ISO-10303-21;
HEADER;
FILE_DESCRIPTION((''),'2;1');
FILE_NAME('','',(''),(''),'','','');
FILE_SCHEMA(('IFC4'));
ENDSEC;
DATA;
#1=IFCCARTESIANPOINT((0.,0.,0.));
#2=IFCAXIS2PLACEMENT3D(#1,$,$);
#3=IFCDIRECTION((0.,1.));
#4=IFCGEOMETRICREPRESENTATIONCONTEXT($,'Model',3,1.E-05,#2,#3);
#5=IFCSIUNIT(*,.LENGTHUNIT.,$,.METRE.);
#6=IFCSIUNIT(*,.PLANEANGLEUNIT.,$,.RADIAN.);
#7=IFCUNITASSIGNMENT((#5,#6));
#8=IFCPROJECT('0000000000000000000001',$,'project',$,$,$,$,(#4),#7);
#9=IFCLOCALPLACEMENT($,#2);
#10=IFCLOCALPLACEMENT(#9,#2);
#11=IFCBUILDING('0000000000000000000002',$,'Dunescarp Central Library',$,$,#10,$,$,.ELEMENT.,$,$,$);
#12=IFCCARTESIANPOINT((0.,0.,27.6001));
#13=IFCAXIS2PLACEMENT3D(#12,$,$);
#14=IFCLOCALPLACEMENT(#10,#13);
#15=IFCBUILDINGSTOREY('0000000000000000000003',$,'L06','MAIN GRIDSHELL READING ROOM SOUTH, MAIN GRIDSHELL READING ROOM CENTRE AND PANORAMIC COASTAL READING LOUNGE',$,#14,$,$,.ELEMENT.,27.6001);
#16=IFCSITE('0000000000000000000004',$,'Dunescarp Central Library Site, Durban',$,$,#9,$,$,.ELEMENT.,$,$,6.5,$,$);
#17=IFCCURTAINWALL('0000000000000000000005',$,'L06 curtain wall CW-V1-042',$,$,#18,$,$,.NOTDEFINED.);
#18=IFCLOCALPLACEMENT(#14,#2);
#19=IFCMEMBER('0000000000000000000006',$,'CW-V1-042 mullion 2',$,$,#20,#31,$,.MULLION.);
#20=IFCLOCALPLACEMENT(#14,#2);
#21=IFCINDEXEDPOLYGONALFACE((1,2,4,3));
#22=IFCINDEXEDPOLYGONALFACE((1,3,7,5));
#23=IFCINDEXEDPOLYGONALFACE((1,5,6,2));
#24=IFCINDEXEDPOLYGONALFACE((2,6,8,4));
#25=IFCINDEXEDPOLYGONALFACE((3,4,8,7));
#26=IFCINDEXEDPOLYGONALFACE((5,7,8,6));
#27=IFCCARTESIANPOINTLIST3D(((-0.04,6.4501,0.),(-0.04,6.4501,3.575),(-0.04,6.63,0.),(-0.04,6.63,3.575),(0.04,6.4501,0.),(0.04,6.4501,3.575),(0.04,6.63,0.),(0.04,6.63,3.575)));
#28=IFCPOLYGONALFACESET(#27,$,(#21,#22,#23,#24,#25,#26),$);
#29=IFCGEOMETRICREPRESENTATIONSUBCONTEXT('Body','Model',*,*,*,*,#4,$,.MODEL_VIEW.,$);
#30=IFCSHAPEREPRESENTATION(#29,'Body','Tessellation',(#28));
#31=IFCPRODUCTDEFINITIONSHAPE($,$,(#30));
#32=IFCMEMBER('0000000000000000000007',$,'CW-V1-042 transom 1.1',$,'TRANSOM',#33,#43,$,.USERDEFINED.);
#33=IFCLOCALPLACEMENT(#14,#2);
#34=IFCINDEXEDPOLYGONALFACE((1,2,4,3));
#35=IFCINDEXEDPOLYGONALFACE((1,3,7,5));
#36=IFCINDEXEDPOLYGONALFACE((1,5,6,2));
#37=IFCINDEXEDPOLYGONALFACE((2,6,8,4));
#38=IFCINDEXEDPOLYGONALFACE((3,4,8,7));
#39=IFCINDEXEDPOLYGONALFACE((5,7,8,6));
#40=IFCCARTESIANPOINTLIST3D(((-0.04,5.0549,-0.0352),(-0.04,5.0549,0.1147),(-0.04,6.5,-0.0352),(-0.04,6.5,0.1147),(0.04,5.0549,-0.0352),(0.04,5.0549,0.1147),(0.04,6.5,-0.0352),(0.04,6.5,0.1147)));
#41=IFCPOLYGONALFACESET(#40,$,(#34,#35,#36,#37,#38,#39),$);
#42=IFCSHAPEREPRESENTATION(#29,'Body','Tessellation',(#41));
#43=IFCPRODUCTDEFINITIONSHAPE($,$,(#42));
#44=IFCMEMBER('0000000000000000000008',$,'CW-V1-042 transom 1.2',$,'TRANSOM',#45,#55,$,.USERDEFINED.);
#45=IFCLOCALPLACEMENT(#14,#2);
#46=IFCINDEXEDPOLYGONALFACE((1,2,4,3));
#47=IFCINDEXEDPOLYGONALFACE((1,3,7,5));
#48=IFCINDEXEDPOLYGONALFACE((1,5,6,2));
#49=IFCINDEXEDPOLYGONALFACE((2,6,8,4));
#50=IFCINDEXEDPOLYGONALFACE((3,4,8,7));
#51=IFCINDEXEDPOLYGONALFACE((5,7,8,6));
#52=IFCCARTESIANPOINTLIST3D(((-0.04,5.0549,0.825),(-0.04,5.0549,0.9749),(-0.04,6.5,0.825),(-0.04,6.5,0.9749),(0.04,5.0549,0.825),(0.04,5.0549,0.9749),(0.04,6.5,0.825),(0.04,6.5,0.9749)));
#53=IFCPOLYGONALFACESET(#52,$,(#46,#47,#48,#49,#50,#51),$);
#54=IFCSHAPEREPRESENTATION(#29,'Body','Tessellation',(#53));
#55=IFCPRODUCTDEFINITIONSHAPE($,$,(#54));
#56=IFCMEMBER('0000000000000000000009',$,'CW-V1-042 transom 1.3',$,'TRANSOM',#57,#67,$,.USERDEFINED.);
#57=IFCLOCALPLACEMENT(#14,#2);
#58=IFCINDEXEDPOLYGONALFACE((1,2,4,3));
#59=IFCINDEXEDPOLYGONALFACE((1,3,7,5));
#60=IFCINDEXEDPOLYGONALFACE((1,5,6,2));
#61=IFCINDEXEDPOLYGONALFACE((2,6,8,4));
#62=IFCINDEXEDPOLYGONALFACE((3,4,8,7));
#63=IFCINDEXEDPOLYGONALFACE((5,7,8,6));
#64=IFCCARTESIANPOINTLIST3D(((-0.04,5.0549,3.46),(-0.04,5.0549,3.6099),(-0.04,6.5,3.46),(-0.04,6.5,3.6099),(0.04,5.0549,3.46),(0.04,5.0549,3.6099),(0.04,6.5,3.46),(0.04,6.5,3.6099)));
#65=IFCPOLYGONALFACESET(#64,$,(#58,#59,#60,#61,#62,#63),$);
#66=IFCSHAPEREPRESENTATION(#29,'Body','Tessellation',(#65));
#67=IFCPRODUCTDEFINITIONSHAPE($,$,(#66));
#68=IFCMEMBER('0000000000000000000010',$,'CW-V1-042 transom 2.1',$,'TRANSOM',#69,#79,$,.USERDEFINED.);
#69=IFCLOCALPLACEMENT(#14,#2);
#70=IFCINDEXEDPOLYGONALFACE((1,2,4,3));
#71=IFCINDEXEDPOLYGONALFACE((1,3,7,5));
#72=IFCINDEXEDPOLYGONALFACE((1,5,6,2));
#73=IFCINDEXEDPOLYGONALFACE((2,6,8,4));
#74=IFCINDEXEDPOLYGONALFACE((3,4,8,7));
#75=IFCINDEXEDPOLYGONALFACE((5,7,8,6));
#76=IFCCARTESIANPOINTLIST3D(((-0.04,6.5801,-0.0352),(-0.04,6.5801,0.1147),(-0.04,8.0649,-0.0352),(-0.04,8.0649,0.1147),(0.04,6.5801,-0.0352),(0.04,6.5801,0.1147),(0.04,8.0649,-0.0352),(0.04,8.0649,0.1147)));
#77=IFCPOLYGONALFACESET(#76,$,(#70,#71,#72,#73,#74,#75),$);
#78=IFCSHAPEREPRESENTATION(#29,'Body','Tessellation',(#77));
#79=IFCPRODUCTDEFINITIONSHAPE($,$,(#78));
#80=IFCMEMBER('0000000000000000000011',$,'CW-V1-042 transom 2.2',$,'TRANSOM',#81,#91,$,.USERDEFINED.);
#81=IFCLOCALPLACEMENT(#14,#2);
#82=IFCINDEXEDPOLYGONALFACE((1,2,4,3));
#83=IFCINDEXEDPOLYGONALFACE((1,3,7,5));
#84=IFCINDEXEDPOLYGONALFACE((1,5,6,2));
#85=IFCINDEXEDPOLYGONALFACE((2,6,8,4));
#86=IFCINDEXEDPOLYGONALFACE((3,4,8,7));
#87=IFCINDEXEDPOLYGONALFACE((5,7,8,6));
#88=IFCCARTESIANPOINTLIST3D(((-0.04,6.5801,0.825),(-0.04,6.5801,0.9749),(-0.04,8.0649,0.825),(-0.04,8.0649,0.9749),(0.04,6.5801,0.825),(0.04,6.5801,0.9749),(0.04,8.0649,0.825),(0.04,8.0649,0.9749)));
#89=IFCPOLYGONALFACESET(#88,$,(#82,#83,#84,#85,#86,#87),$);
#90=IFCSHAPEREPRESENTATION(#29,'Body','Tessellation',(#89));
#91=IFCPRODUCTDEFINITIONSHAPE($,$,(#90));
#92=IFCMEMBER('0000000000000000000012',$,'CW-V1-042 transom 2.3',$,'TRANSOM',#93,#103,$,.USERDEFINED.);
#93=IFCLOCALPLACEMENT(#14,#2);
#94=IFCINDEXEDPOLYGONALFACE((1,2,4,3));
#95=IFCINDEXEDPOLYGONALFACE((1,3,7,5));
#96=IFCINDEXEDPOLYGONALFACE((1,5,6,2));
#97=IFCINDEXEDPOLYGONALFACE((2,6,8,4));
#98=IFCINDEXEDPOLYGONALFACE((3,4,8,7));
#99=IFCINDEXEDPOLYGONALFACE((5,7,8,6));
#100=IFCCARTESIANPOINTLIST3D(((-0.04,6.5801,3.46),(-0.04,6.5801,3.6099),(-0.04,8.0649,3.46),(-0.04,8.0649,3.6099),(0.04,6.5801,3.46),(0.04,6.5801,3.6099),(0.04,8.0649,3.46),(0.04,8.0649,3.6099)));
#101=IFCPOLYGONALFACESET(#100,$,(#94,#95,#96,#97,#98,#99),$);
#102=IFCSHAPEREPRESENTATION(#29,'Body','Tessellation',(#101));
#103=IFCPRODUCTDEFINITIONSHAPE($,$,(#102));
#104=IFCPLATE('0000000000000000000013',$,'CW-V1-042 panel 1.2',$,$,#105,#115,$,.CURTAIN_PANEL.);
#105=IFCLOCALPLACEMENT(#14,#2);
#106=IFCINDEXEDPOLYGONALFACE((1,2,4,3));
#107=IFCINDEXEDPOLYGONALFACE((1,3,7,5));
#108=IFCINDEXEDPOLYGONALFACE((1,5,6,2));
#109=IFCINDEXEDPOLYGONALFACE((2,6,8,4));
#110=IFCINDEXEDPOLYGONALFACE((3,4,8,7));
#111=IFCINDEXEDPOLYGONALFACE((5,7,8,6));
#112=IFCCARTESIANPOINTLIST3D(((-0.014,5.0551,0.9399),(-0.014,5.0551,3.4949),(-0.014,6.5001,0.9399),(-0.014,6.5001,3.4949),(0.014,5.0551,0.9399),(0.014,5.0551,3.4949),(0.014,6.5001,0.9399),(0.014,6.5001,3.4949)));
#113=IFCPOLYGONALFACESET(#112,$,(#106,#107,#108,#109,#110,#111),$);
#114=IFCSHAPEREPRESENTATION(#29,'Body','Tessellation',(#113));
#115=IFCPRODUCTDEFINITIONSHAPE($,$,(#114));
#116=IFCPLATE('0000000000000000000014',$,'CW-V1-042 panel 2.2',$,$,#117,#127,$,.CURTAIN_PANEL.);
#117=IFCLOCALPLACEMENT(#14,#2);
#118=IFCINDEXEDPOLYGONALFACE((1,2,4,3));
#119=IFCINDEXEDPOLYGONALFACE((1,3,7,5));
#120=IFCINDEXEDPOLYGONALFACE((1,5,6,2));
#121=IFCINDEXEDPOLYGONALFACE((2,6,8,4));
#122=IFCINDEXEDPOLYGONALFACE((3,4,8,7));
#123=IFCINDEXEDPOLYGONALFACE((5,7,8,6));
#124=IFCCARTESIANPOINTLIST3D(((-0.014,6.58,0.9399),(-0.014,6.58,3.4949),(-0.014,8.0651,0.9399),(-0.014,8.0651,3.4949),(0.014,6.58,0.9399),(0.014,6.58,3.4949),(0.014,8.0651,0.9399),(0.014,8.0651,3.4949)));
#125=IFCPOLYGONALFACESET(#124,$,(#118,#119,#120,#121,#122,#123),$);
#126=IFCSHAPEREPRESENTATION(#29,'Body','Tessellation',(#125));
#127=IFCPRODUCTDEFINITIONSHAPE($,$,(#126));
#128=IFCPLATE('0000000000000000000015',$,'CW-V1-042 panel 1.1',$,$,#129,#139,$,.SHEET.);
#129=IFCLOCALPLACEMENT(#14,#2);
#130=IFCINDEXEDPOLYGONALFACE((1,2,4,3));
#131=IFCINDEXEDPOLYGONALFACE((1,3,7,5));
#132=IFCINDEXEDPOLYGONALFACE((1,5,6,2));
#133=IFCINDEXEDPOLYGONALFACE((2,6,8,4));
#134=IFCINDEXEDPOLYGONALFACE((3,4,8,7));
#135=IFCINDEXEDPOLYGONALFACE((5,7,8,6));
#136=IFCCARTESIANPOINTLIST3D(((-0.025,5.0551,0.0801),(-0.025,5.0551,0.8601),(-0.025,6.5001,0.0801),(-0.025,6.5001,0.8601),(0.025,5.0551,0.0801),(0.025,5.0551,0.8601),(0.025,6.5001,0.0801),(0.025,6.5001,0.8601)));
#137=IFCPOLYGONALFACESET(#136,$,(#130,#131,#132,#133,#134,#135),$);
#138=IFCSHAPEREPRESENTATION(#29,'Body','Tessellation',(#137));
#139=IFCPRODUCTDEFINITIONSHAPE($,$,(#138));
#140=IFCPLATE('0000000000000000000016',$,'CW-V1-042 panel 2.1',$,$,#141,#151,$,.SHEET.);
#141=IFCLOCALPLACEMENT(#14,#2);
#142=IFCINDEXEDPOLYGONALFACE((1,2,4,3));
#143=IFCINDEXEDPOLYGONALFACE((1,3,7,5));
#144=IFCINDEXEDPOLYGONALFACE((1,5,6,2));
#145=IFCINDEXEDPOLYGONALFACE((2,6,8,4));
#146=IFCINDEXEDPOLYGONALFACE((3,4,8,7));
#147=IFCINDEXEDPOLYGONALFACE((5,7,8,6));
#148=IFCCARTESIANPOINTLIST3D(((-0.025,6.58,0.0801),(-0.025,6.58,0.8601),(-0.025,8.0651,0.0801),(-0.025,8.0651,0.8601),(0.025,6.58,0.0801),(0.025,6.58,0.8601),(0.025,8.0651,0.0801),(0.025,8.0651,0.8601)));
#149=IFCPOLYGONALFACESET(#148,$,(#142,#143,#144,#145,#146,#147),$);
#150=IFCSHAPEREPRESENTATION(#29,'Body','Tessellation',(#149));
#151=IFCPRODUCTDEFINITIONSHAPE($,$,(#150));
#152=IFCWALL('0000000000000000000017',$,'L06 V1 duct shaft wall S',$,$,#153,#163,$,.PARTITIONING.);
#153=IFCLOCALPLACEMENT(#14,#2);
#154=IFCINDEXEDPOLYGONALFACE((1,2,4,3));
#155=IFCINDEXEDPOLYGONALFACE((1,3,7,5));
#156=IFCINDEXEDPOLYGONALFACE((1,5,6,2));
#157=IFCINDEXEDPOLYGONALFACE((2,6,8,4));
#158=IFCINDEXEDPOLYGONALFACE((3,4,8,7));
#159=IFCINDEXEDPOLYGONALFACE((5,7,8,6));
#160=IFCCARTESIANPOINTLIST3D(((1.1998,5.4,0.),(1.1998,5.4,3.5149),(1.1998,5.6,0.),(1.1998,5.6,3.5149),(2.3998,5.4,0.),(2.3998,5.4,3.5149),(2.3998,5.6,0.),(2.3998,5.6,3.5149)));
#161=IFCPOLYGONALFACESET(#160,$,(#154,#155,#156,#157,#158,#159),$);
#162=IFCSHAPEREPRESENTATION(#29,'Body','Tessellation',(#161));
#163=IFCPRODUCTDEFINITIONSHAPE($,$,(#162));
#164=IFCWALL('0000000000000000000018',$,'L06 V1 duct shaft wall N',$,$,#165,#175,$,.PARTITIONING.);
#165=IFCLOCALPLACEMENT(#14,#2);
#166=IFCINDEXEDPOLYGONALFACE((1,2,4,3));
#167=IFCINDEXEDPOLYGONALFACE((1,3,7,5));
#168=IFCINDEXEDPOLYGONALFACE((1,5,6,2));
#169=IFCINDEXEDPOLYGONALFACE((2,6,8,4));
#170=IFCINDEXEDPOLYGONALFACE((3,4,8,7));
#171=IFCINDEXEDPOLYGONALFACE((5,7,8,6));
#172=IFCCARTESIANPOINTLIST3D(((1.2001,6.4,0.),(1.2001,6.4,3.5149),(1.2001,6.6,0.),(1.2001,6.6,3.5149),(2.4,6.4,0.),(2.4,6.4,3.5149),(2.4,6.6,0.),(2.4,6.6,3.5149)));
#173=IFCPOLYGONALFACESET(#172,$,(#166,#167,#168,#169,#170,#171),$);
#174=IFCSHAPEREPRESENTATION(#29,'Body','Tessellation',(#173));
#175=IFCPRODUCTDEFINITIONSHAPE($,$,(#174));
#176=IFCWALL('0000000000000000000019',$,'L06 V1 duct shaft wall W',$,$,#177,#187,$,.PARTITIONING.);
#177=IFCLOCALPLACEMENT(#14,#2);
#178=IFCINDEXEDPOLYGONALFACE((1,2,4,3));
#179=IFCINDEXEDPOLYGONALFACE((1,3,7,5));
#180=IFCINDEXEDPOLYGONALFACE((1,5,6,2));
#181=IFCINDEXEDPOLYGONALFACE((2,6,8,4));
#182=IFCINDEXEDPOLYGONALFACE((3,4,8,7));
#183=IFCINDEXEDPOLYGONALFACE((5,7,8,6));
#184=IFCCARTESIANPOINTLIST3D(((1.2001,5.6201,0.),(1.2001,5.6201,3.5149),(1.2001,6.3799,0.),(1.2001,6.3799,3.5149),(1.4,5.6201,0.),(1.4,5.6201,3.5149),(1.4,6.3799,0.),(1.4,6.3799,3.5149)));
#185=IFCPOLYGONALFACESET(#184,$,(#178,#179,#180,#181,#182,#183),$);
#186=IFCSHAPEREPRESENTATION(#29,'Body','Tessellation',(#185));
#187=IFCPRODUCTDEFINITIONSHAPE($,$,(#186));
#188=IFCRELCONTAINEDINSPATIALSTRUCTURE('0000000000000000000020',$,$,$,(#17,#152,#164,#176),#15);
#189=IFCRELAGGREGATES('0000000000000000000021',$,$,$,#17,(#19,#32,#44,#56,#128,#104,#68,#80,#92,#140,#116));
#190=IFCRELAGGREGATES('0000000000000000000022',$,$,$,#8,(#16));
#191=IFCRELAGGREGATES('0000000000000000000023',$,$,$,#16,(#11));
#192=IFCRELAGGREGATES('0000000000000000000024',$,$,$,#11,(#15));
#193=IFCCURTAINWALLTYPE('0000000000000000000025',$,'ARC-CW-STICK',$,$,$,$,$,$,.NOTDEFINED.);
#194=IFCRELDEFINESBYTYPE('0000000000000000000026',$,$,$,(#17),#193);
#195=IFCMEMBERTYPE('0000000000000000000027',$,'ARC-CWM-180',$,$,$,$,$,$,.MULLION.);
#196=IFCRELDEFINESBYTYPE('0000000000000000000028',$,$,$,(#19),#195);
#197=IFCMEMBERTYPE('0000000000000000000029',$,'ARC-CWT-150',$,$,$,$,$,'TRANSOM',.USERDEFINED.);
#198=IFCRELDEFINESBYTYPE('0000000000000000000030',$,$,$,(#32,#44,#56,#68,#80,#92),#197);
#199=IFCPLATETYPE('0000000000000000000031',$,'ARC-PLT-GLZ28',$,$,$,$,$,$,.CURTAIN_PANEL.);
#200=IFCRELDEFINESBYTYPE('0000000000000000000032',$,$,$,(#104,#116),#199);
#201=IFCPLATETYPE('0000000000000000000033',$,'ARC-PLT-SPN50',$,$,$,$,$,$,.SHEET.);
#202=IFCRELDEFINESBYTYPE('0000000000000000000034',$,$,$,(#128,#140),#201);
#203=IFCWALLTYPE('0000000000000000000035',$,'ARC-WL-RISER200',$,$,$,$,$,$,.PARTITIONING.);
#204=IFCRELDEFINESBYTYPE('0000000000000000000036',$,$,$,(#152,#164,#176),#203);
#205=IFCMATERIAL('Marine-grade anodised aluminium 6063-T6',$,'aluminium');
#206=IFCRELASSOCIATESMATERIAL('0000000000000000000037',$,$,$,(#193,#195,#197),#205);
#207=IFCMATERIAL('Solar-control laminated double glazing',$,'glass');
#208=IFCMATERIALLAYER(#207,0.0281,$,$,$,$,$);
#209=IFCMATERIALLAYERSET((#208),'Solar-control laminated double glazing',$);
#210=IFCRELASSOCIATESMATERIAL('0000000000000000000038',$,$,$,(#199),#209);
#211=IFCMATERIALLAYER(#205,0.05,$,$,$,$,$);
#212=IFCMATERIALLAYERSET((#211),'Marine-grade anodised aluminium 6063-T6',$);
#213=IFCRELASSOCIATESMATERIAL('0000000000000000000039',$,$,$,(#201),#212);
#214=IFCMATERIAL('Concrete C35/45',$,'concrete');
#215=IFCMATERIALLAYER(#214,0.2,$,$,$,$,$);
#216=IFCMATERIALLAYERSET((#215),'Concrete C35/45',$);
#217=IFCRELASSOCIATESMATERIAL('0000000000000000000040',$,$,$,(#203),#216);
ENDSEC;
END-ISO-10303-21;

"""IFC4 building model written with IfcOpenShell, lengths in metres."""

from ifc_helpers import new_model, si_unit, direction, frame, frame_2d, origin, origin_2d, place, context, subcontext, project, spatial, rectangle, extrude, material, layer, layer_set, material_profile, profile_set, type_object, element, aggregate, save


model = new_model("IFC4")

# Units and contexts
model_context = context("Model", 3, precision=1e-05, world=origin(), true_north=direction((0.0, 1.0)))
body_context = subcontext(model_context, "Body", "Model", "MODEL_VIEW")
ifc_project = project(units=[si_unit("LENGTHUNIT", "METRE"), si_unit("PLANEANGLEUNIT", "RADIAN")], contexts=[model_context])

# Site, building, storey
site_placement = place(None, origin())
site = spatial("IfcSite", under=ifc_project, at=site_placement, Name="Dunescarp Central Library Site, Durban", CompositionType="ELEMENT", RefElevation=6.5)
building_placement = place(site_placement, origin())
building = spatial("IfcBuilding", under=site, at=building_placement, Name="Dunescarp Central Library", CompositionType="ELEMENT")
storey_placement = place(building_placement, frame((0.0, 0.0, 27.6001)))
storey = spatial("IfcBuildingStorey", under=building, at=storey_placement, Name="L06", Description="MAIN GRIDSHELL READING ROOM SOUTH, MAIN GRIDSHELL READING ROOM CENTRE AND PANORAMIC COASTAL READING LOUNGE", CompositionType="ELEMENT", Elevation=27.6001)

# Curtain wall, members, plates
ifc_material_1 = material(Name="Marine-grade anodised aluminium 6063-T6", Category="aluminium")
curtain_wall_type = type_object("IfcCurtainWallType", Name="ARC-CW-STICK", PredefinedType="NOTDEFINED", material=ifc_material_1)
curtain_wall_placement = place(storey_placement, origin())
curtain_wall = element("IfcCurtainWall", 1, at=curtain_wall_placement, inside=storey, type_object=curtain_wall_type, Name="L06 curtain wall CW-V1-042", PredefinedType="NOTDEFINED")
ifc_material_profile_1 = material_profile(ifc_material_1, rectangle(XDim=0.0801, YDim=0.1799, at=origin_2d()), Name="AL 80x180")
ifc_profile_set_1 = profile_set([ifc_material_profile_1], Name="Marine-grade anodised aluminium 6063-T6")
member_type_1 = type_object("IfcMemberType", Name="ARC-CWM-180", PredefinedType="MULLION", material=ifc_profile_set_1)
member_1_placement = place(storey_placement, frame((0.0, 6.54, 0.0), z_axis=(0.0, 0.0, 1.0), x_axis=(-1.0, 0.0, 0.0)))
member_1 = element("IfcMember", 2, at=member_1_placement, type_object=member_type_1, Name="CW-V1-042 mullion 2", PredefinedType="MULLION", context=body_context, shape_type="SweptSolid", body=[
    extrude(rectangle(XDim=0.0801, YDim=0.1799, at=origin_2d()), origin(), (0.0, 0.0, 1.0), 3.575),
])
ifc_material_profile_2 = material_profile(ifc_material_1, rectangle(XDim=0.0801, YDim=0.1499, at=origin_2d()), Name="AL 80x150")
ifc_profile_set_2 = profile_set([ifc_material_profile_2], Name="Marine-grade anodised aluminium 6063-T6")
member_type_2 = type_object("IfcMemberType", Name="ARC-CWT-150", ElementType="TRANSOM", PredefinedType="USERDEFINED", material=ifc_profile_set_2)
member_2_placement = place(storey_placement, frame((0.0, 5.0549, 0.0398), z_axis=(0.0, 1.0, 0.0), x_axis=(-1.0, 0.0, 0.0)))
member_2 = element("IfcMember", 3, at=member_2_placement, type_object=member_type_2, Name="CW-V1-042 transom 1.1", ObjectType="TRANSOM", PredefinedType="USERDEFINED", context=body_context, shape_type="SweptSolid", body=[
    extrude(rectangle(XDim=0.0801, YDim=0.1499, at=origin_2d()), origin(), (0.0, 0.0, 1.0), 1.4451),
])
member_3_placement = place(storey_placement, frame((0.0, 5.0549, 0.8999), z_axis=(0.0, 1.0, 0.0), x_axis=(-1.0, 0.0, 0.0)))
member_3 = element("IfcMember", 4, at=member_3_placement, type_object=member_type_2, Name="CW-V1-042 transom 1.2", ObjectType="TRANSOM", PredefinedType="USERDEFINED", context=body_context, shape_type="SweptSolid", body=[
    extrude(rectangle(XDim=0.0801, YDim=0.1499, at=origin_2d()), origin(), (0.0, 0.0, 1.0), 1.4451),
])
member_4_placement = place(storey_placement, frame((0.0, 5.0549, 3.5349), z_axis=(0.0, 1.0, 0.0), x_axis=(-1.0, 0.0, 0.0)))
member_4 = element("IfcMember", 5, at=member_4_placement, type_object=member_type_2, Name="CW-V1-042 transom 1.3", ObjectType="TRANSOM", PredefinedType="USERDEFINED", context=body_context, shape_type="SweptSolid", body=[
    extrude(rectangle(XDim=0.0801, YDim=0.1499, at=origin_2d()), origin(), (0.0, 0.0, 1.0), 1.4451),
])
member_5_placement = place(storey_placement, frame((0.0, 6.5801, 0.0398), z_axis=(0.0, 1.0, 0.0), x_axis=(-1.0, 0.0, 0.0)))
member_5 = element("IfcMember", 6, at=member_5_placement, type_object=member_type_2, Name="CW-V1-042 transom 2.1", ObjectType="TRANSOM", PredefinedType="USERDEFINED", context=body_context, shape_type="SweptSolid", body=[
    extrude(rectangle(XDim=0.0801, YDim=0.1499, at=origin_2d()), origin(), (0.0, 0.0, 1.0), 1.4849),
])
member_6_placement = place(storey_placement, frame((0.0, 6.5801, 0.8999), z_axis=(0.0, 1.0, 0.0), x_axis=(-1.0, 0.0, 0.0)))
member_6 = element("IfcMember", 7, at=member_6_placement, type_object=member_type_2, Name="CW-V1-042 transom 2.2", ObjectType="TRANSOM", PredefinedType="USERDEFINED", context=body_context, shape_type="SweptSolid", body=[
    extrude(rectangle(XDim=0.0801, YDim=0.1499, at=origin_2d()), origin(), (0.0, 0.0, 1.0), 1.4849),
])
member_7_placement = place(storey_placement, frame((0.0, 6.5801, 3.5349), z_axis=(0.0, 1.0, 0.0), x_axis=(-1.0, 0.0, 0.0)))
member_7 = element("IfcMember", 8, at=member_7_placement, type_object=member_type_2, Name="CW-V1-042 transom 2.3", ObjectType="TRANSOM", PredefinedType="USERDEFINED", context=body_context, shape_type="SweptSolid", body=[
    extrude(rectangle(XDim=0.0801, YDim=0.1499, at=origin_2d()), origin(), (0.0, 0.0, 1.0), 1.4849),
])
ifc_material_2 = material(Name="Solar-control laminated double glazing", Category="glass")
ifc_layer_1 = layer(ifc_material_2, 0.0281)
ifc_layer_set_1 = layer_set([ifc_layer_1], Name="Solar-control laminated double glazing")
plate_type_1 = type_object("IfcPlateType", Name="ARC-PLT-GLZ28", PredefinedType="CURTAIN_PANEL", material=ifc_layer_set_1)
plate_1_placement = place(storey_placement, frame((0.0, 5.7776, 0.9399), z_axis=(0.0, 0.0, 1.0), x_axis=(0.0, 1.0, 0.0)))
plate_1 = element("IfcPlate", 9, at=plate_1_placement, type_object=plate_type_1, Name="CW-V1-042 panel 1.2", PredefinedType="CURTAIN_PANEL", context=body_context, shape_type="SweptSolid", body=[
    extrude(rectangle(XDim=1.4451, YDim=0.0281, at=origin_2d()), origin(), (0.0, 0.0, 1.0), 2.5549),
])
plate_2_placement = place(storey_placement, frame((0.0, 7.3225, 0.9399), z_axis=(0.0, 0.0, 1.0), x_axis=(0.0, 1.0, 0.0)))
plate_2 = element("IfcPlate", 10, at=plate_2_placement, type_object=plate_type_1, Name="CW-V1-042 panel 2.2", PredefinedType="CURTAIN_PANEL", context=body_context, shape_type="SweptSolid", body=[
    extrude(rectangle(XDim=1.4851, YDim=0.0281, at=origin_2d()), origin(), (0.0, 0.0, 1.0), 2.5549),
])
ifc_layer_2 = layer(ifc_material_1, 0.05)
ifc_layer_set_2 = layer_set([ifc_layer_2], Name="Marine-grade anodised aluminium 6063-T6")
plate_type_2 = type_object("IfcPlateType", Name="ARC-PLT-SPN50", PredefinedType="SHEET", material=ifc_layer_set_2)
plate_3_placement = place(storey_placement, frame((0.0, 5.7776, 0.0801), z_axis=(0.0, 0.0, 1.0), x_axis=(0.0, 1.0, 0.0)))
plate_3 = element("IfcPlate", 11, at=plate_3_placement, type_object=plate_type_2, Name="CW-V1-042 panel 1.1", PredefinedType="SHEET", context=body_context, shape_type="SweptSolid", body=[
    extrude(rectangle(XDim=1.4451, YDim=0.05, at=origin_2d()), origin(), (0.0, 0.0, 1.0), 0.78),
])
plate_4_placement = place(storey_placement, frame((0.0, 7.3225, 0.0801), z_axis=(0.0, 0.0, 1.0), x_axis=(0.0, 1.0, 0.0)))
plate_4 = element("IfcPlate", 12, at=plate_4_placement, type_object=plate_type_2, Name="CW-V1-042 panel 2.1", PredefinedType="SHEET", context=body_context, shape_type="SweptSolid", body=[
    extrude(rectangle(XDim=1.4851, YDim=0.05, at=origin_2d()), origin(), (0.0, 0.0, 1.0), 0.78),
])
aggregate(curtain_wall, [member_1, member_2, member_3, member_4, plate_3, plate_1, member_5, member_6, member_7, plate_4, plate_2])

# Walls
ifc_material_3 = material(Name="Concrete C35/45", Category="concrete")
ifc_layer_3 = layer(ifc_material_3, 0.2)
ifc_layer_set_3 = layer_set([ifc_layer_3], Name="Concrete C35/45")
wall_type = type_object("IfcWallType", Name="ARC-WL-RISER200", PredefinedType="PARTITIONING", material=ifc_layer_set_3)
for number, where, z_axis, x_axis, name in (
    (13, (2.3999, 5.5, 0.0), (0.0, 0.0, 1.0), (-1.0, 0.0, 0.0), "L06 V1 duct shaft wall S"),
    (14, (1.2, 6.5, 0.0), (0.0, 0.0, 1.0), (1.0, 0.0, 0.0), "L06 V1 duct shaft wall N"),
):
    element("IfcWall", number, at=place(storey_placement, frame(where, z_axis=z_axis, x_axis=x_axis)), inside=storey, type_object=wall_type, Name=name, PredefinedType="PARTITIONING", context=body_context, shape_type="SweptSolid", body=[
        extrude(rectangle(XDim=1.2, YDim=0.2, at=frame_2d((0.6001, 0.0))), origin(), (0.0, 0.0, 1.0), 3.5149),
    ])
for number, where, z_axis, x_axis, name in (
    (15, (1.3, 5.6201, 0.0), (0.0, 0.0, 1.0), (0.0, 1.0, 0.0), "L06 V1 duct shaft wall W"),
):
    element("IfcWall", number, at=place(storey_placement, frame(where, z_axis=z_axis, x_axis=x_axis)), inside=storey, type_object=wall_type, Name=name, PredefinedType="PARTITIONING", context=body_context, shape_type="SweptSolid", body=[
        extrude(rectangle(XDim=0.7598, YDim=0.2, at=frame_2d((0.3799, 0.0))), origin(), (0.0, 0.0, 1.0), 3.5149),
    ])

save(model, "model.ifc")
